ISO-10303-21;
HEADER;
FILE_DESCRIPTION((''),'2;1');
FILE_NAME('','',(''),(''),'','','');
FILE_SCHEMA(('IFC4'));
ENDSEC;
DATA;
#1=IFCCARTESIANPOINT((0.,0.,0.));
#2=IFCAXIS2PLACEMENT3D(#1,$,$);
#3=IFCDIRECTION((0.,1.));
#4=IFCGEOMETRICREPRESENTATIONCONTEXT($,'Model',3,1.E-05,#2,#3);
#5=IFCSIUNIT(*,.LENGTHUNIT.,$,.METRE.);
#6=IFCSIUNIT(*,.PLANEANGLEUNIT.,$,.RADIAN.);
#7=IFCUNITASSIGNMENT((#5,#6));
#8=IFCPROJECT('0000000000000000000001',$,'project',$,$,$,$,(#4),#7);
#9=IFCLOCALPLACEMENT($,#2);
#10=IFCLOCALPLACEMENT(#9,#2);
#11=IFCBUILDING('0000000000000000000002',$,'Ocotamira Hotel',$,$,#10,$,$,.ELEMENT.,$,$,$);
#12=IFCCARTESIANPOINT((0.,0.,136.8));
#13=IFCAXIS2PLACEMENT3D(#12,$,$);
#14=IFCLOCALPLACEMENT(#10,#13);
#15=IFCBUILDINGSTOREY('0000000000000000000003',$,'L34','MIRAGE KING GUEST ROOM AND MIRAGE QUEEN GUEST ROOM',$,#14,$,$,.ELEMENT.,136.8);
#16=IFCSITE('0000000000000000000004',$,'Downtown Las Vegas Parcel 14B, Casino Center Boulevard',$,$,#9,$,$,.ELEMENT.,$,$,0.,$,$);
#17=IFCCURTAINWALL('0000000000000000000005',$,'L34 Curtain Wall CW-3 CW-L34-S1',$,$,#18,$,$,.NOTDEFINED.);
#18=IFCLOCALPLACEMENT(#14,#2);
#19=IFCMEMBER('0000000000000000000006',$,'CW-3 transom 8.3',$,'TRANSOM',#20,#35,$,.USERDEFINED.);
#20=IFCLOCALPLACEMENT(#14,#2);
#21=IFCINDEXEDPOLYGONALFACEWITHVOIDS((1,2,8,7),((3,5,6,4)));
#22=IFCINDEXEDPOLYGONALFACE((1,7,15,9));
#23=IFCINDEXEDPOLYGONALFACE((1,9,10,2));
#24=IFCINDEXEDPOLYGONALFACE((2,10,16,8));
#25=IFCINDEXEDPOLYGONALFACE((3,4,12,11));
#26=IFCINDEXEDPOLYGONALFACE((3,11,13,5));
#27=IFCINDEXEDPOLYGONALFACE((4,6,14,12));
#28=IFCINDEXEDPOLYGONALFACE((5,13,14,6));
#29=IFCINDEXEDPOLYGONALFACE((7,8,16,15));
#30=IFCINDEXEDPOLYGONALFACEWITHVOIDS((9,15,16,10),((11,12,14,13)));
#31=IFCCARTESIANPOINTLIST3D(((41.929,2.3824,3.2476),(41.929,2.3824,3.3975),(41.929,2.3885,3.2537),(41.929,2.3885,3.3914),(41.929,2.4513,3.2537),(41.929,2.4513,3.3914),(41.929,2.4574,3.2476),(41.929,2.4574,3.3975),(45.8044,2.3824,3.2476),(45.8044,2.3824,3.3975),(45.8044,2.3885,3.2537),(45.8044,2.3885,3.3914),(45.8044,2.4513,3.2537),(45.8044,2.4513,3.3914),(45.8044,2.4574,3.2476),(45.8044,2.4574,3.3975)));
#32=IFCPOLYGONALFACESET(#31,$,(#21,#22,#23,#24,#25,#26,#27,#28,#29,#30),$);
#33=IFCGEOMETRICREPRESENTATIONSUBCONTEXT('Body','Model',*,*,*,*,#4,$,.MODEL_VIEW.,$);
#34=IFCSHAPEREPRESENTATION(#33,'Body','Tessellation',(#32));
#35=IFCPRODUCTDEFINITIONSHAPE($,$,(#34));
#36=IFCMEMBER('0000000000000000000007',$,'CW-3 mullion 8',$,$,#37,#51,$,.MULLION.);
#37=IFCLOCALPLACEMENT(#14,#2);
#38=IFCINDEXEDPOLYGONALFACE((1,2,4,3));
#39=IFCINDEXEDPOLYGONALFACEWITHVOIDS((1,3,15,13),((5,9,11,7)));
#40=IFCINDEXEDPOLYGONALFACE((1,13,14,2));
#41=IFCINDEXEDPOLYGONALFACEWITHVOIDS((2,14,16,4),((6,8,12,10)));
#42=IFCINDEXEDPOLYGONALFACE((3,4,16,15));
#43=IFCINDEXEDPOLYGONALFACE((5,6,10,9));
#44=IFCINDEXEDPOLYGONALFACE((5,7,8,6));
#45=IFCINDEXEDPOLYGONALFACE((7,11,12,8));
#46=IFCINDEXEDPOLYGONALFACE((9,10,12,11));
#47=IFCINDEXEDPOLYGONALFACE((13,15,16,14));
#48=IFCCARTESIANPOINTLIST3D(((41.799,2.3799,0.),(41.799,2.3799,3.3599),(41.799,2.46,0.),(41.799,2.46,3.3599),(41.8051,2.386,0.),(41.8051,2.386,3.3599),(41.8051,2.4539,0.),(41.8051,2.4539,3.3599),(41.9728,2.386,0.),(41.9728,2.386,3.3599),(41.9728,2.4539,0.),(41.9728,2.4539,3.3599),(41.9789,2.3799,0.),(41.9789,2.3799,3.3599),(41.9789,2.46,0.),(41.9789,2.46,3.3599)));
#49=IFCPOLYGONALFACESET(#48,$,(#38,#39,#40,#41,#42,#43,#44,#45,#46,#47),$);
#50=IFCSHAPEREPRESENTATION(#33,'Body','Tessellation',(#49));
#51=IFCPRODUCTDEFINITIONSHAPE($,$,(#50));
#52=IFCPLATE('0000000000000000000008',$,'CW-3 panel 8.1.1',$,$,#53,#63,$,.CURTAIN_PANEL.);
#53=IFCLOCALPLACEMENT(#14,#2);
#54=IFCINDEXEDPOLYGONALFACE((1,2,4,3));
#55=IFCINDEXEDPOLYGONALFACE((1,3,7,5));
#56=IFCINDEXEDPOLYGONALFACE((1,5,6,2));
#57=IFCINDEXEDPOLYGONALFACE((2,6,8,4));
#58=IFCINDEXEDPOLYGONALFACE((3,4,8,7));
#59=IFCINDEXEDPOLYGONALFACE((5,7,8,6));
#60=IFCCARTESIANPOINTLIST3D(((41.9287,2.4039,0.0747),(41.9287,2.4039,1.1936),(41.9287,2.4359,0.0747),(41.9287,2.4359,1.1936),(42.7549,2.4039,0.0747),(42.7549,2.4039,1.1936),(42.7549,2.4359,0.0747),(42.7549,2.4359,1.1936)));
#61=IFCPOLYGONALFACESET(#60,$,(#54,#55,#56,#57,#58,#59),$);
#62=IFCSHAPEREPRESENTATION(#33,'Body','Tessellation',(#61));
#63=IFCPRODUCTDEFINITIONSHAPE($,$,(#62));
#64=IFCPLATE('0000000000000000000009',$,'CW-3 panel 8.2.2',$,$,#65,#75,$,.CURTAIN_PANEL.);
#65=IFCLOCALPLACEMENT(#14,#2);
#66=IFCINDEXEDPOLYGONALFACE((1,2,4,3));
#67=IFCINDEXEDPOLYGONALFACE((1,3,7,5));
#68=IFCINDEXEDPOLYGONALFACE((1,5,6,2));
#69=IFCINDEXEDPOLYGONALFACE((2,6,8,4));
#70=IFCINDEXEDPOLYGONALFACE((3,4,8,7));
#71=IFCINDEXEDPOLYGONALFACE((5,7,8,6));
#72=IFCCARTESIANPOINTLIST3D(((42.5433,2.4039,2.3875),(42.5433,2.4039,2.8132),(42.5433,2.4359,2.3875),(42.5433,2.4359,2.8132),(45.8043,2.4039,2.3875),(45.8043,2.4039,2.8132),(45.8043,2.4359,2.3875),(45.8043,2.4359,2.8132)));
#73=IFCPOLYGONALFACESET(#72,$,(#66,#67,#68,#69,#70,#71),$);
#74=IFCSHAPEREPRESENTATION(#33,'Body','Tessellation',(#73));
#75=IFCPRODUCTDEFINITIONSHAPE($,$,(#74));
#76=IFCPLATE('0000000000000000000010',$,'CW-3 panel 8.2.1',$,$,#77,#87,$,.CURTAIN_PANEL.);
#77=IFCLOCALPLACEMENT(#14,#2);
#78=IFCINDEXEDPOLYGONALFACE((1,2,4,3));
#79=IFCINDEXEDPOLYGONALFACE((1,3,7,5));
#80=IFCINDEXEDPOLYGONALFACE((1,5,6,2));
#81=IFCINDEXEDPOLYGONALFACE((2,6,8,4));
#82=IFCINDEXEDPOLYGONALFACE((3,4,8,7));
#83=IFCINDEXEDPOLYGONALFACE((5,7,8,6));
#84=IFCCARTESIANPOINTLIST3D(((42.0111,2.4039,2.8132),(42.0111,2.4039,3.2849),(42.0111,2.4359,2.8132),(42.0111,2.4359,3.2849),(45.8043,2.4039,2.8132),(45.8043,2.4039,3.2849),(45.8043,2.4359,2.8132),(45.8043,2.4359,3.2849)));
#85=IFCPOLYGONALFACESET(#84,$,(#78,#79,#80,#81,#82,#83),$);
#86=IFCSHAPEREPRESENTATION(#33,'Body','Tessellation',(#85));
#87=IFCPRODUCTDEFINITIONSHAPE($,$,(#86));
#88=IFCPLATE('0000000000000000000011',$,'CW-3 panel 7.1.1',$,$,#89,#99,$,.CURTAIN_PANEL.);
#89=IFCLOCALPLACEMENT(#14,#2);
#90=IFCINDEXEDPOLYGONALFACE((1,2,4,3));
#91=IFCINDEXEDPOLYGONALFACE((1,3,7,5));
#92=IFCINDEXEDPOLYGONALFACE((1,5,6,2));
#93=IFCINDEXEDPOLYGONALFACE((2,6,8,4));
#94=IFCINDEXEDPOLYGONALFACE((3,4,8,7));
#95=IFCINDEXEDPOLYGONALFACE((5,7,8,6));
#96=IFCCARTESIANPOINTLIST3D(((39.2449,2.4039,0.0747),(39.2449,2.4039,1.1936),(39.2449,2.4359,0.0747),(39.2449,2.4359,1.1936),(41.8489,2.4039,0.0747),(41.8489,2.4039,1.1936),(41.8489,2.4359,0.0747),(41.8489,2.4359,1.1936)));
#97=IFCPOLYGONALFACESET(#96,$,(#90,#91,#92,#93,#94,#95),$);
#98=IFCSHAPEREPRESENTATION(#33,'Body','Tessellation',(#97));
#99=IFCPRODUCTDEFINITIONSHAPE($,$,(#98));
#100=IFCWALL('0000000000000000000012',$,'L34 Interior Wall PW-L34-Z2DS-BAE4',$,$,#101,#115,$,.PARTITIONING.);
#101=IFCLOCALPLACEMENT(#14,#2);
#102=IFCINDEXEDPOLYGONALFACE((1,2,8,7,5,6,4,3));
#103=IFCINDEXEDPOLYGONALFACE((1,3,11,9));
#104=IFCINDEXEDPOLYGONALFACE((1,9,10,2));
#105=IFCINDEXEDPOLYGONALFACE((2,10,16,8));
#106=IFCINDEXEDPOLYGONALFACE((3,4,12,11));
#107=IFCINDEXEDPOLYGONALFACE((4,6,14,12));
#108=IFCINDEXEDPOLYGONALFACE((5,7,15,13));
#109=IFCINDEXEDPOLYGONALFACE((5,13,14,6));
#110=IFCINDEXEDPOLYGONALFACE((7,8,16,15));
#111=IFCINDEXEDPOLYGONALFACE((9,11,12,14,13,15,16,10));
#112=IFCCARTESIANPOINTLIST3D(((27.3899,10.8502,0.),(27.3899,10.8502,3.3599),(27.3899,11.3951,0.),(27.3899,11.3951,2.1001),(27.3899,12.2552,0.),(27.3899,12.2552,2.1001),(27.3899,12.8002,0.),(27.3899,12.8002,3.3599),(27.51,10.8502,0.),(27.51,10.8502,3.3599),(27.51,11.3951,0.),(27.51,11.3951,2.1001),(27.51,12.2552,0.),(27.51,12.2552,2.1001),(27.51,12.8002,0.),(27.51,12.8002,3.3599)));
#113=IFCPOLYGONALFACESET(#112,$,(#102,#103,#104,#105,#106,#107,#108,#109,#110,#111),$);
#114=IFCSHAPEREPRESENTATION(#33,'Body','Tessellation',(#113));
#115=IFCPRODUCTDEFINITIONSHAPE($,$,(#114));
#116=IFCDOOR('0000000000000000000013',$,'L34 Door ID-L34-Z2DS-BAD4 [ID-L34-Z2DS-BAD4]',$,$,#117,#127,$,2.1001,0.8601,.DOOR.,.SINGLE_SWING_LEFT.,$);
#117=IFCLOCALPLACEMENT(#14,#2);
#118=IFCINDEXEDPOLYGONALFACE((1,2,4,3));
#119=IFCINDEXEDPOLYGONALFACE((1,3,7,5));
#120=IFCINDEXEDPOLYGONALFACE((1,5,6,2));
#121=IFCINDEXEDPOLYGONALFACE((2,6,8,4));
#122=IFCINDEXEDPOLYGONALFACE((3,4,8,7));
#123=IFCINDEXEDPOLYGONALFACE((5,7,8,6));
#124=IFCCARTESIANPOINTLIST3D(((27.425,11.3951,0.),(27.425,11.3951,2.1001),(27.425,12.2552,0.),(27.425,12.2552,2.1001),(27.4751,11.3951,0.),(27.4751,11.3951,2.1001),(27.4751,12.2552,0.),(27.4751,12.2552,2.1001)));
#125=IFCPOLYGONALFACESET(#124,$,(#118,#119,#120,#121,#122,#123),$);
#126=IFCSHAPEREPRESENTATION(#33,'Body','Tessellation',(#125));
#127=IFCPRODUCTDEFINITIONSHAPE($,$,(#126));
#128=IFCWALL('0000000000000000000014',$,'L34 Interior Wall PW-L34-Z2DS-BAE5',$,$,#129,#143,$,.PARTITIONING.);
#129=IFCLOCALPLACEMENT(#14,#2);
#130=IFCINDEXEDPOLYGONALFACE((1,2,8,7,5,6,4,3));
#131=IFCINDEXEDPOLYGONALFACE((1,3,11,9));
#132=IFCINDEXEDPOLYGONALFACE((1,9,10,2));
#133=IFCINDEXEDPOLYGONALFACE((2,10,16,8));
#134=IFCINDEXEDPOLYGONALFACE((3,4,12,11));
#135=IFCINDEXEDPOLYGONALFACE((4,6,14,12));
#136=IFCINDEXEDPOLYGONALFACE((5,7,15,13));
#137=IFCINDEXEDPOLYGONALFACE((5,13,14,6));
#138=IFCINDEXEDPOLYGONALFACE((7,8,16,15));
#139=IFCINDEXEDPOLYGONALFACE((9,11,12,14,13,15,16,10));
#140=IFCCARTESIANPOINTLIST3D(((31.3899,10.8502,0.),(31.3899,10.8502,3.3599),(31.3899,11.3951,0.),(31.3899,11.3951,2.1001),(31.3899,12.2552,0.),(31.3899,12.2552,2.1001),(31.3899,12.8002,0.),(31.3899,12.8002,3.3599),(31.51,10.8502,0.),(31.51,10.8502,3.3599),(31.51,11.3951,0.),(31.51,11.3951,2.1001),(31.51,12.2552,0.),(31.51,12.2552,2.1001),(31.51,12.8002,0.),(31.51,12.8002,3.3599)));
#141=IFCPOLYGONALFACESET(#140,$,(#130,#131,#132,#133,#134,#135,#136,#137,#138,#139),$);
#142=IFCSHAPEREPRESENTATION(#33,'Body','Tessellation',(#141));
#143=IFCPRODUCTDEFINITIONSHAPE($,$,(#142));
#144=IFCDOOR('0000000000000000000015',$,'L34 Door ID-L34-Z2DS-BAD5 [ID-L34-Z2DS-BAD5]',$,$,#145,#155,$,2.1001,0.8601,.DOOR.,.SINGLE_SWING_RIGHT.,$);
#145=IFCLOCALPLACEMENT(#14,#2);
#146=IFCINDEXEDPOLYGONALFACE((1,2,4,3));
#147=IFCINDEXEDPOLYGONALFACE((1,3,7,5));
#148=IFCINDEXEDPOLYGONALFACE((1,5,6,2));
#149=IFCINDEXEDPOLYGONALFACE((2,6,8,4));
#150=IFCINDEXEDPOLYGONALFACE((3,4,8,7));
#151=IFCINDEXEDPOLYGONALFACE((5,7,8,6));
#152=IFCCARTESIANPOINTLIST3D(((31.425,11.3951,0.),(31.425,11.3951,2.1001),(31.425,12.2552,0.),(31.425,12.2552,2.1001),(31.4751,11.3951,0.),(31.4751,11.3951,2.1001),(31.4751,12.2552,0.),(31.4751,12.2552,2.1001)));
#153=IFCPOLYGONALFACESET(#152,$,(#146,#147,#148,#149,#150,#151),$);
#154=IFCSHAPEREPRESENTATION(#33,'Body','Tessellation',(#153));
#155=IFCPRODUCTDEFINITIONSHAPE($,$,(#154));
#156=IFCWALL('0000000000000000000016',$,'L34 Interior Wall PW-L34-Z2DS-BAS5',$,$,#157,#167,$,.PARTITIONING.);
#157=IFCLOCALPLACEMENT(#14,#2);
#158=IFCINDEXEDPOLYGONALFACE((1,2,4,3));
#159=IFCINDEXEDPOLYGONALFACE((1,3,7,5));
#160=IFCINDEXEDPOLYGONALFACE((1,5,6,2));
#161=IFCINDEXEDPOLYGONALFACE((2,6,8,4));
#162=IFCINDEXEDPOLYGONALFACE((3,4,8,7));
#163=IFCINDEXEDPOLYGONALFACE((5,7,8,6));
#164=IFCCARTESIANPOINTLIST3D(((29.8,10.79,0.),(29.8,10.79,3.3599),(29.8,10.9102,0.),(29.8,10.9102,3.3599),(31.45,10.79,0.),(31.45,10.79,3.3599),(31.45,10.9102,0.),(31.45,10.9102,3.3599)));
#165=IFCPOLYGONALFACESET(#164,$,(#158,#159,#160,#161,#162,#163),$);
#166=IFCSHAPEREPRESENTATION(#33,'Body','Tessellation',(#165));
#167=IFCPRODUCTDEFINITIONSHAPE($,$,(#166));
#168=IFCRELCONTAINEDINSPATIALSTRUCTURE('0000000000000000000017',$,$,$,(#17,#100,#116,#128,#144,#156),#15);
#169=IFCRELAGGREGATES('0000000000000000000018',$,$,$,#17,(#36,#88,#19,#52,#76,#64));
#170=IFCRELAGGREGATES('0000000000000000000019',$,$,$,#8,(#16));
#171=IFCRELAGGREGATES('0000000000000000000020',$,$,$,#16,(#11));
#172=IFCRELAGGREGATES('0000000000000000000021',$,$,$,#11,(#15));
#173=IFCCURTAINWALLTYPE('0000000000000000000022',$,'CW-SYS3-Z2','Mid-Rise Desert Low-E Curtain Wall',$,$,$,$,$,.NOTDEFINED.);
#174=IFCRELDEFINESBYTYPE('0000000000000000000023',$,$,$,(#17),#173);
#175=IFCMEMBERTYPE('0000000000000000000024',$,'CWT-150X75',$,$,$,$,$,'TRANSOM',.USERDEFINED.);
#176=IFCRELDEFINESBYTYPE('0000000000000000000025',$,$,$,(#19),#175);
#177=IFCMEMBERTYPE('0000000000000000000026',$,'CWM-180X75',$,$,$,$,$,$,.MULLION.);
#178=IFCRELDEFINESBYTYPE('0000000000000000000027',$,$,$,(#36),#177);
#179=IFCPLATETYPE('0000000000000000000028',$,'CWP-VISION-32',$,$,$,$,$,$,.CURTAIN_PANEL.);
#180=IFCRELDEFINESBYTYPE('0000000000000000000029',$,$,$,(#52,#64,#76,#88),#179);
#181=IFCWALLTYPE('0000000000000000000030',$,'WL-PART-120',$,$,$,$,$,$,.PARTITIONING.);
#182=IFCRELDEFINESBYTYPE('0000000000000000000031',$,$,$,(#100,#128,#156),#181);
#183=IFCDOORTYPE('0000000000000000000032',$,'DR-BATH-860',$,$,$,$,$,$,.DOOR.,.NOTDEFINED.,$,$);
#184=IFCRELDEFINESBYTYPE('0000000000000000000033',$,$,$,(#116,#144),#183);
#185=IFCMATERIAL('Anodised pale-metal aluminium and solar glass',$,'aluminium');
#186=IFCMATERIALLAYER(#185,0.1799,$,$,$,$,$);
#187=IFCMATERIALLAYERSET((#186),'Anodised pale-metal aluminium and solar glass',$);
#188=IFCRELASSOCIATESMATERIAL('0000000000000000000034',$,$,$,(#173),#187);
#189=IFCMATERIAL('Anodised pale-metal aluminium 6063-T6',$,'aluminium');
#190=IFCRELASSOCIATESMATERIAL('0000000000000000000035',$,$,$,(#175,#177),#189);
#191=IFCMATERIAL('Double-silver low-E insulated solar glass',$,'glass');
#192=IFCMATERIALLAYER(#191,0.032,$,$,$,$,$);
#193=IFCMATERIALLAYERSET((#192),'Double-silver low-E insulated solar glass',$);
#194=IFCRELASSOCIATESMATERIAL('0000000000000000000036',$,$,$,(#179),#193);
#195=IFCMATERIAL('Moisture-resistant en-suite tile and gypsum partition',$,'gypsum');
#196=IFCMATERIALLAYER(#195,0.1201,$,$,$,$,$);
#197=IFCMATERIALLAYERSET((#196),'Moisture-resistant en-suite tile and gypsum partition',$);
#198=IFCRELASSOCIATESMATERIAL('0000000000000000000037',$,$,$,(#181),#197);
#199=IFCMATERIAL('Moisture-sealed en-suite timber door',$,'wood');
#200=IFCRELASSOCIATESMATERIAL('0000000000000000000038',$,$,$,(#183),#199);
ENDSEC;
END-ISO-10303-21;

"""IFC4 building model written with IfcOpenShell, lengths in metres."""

from ifc_helpers import new_model, si_unit, direction, frame, frame_2d, origin, origin_2d, place, context, subcontext, project, spatial, rectangle, hollow_rectangle, extrude, source, transform, mapped, material, layer, layer_set, material_profile, profile_set, type_object, element, fill, aggregate, save


model = new_model("IFC4")

# Units and contexts
model_context = context("Model", 3, precision=1e-05, world=origin(), true_north=direction((0.0, 1.0)))
body_context = subcontext(model_context, "Body", "Model", "MODEL_VIEW")
ifc_project = project(units=[si_unit("LENGTHUNIT", "METRE"), si_unit("PLANEANGLEUNIT", "RADIAN")], contexts=[model_context])

# Site, building, storey
site_placement = place(None, origin())
site = spatial("IfcSite", under=ifc_project, at=site_placement, Name="Downtown Las Vegas Parcel 14B, Casino Center Boulevard", CompositionType="ELEMENT", RefElevation=0.0)
building_placement = place(site_placement, origin())
building = spatial("IfcBuilding", under=site, at=building_placement, Name="Ocotamira Hotel", CompositionType="ELEMENT")
storey_placement = place(building_placement, frame((0.0, 0.0, 136.8)))
storey = spatial("IfcBuildingStorey", under=building, at=storey_placement, Name="L34", Description="MIRAGE KING GUEST ROOM AND MIRAGE QUEEN GUEST ROOM", CompositionType="ELEMENT", Elevation=136.8)

# Curtain wall, members, plates
ifc_material_1 = material(Name="Anodised pale-metal aluminium and solar glass", Category="aluminium")
ifc_layer_1 = layer(ifc_material_1, 0.1799)
ifc_layer_set_1 = layer_set([ifc_layer_1], Name="Anodised pale-metal aluminium and solar glass")
curtain_wall_type = type_object("IfcCurtainWallType", Name="CW-SYS3-Z2", Description="Mid-Rise Desert Low-E Curtain Wall", PredefinedType="NOTDEFINED", material=ifc_layer_set_1)
curtain_wall_placement = place(storey_placement, origin())
curtain_wall = element("IfcCurtainWall", 1, at=curtain_wall_placement, inside=storey, type_object=curtain_wall_type, Name="L34 Curtain Wall CW-3 CW-L34-S1", PredefinedType="NOTDEFINED")
ifc_material_2 = material(Name="Anodised pale-metal aluminium 6063-T6", Category="aluminium")
ifc_material_profile_1 = material_profile(ifc_material_2, hollow_rectangle(XDim=0.075, YDim=0.1499, WallThickness=0.0061, at=origin_2d()), Name="HSS150X75X6")
ifc_profile_set_1 = profile_set([ifc_material_profile_1], Name="Anodised pale-metal aluminium 6063-T6")
member_type_1 = type_object("IfcMemberType", Name="CWT-150X75", ElementType="TRANSOM", PredefinedType="USERDEFINED", material=ifc_profile_set_1)
shared_shape_1 = source(origin(), body_context, "Body", "SweptSolid", [
    extrude(hollow_rectangle(XDim=0.075, YDim=0.1499, WallThickness=0.0061, at=origin_2d()), origin(), (0.0, 0.0, 1.0), 3.8755),
])
member_1_placement = place(storey_placement, frame((41.929, 2.4199, 3.3225), z_axis=(1.0, 0.0, 0.0), x_axis=(0.0, 1.0, 0.0)))
member_1 = element("IfcMember", 2, at=member_1_placement, type_object=member_type_1, Name="CW-3 transom 8.3", ObjectType="TRANSOM", PredefinedType="USERDEFINED", context=body_context, shape_type="MappedRepresentation", body=[
    mapped(shared_shape_1, transform((0.0, 0.0, 0.0), scale=1.0)),
])
ifc_material_profile_2 = material_profile(ifc_material_2, hollow_rectangle(XDim=0.0801, YDim=0.1799, WallThickness=0.0061, at=origin_2d()), Name="HSS180X80X6")
ifc_profile_set_2 = profile_set([ifc_material_profile_2], Name="Anodised pale-metal aluminium 6063-T6")
member_type_2 = type_object("IfcMemberType", Name="CWM-180X75", PredefinedType="MULLION", material=ifc_profile_set_2)
shared_shape_2 = source(origin(), body_context, "Body", "SweptSolid", [
    extrude(hollow_rectangle(XDim=0.0801, YDim=0.1799, WallThickness=0.0061, at=origin_2d()), origin(), (0.0, 0.0, 1.0), 3.3599),
])
member_2_placement = place(storey_placement, frame((41.8889, 2.4199, 0.0), z_axis=(0.0, 0.0, 1.0), x_axis=(0.0, 1.0, 0.0)))
member_2 = element("IfcMember", 3, at=member_2_placement, type_object=member_type_2, Name="CW-3 mullion 8", PredefinedType="MULLION", context=body_context, shape_type="MappedRepresentation", body=[
    mapped(shared_shape_2, transform((0.0, 0.0, 0.0), scale=1.0)),
])
ifc_material_3 = material(Name="Double-silver low-E insulated solar glass", Category="glass")
ifc_layer_2 = layer(ifc_material_3, 0.032)
ifc_layer_set_2 = layer_set([ifc_layer_2], Name="Double-silver low-E insulated solar glass")
plate_type = type_object("IfcPlateType", Name="CWP-VISION-32", PredefinedType="CURTAIN_PANEL", material=ifc_layer_set_2)
shared_shape_3 = source(origin(), body_context, "Body", "SweptSolid", [
    extrude(rectangle(XDim=0.8262, YDim=0.032, at=origin_2d()), origin(), (0.0, 0.0, 1.0), 1.1189),
])
plate_1_placement = place(storey_placement, frame((42.3418, 2.4199, 0.0747), z_axis=(0.0, 0.0, 1.0), x_axis=(1.0, 0.0, 0.0)))
plate_1 = element("IfcPlate", 4, at=plate_1_placement, type_object=plate_type, Name="CW-3 panel 8.1.1", PredefinedType="CURTAIN_PANEL", context=body_context, shape_type="MappedRepresentation", body=[
    mapped(shared_shape_3, transform((0.0, 0.0, 0.0), scale=1.0)),
])
shared_shape_4 = source(origin(), body_context, "Body", "SweptSolid", [
    extrude(rectangle(XDim=3.261, YDim=0.032, at=origin_2d()), origin(), (0.0, 0.0, 1.0), 0.4258),
])
plate_2_placement = place(storey_placement, frame((44.1738, 2.4199, 2.3875), z_axis=(0.0, 0.0, 1.0), x_axis=(1.0, 0.0, 0.0)))
plate_2 = element("IfcPlate", 5, at=plate_2_placement, type_object=plate_type, Name="CW-3 panel 8.2.2", PredefinedType="CURTAIN_PANEL", context=body_context, shape_type="MappedRepresentation", body=[
    mapped(shared_shape_4, transform((0.0, 0.0, 0.0), scale=1.0)),
])
shared_shape_5 = source(origin(), body_context, "Body", "SweptSolid", [
    extrude(rectangle(XDim=3.7932, YDim=0.032, at=origin_2d()), origin(), (0.0, 0.0, 1.0), 0.4717),
])
plate_3_placement = place(storey_placement, frame((43.9077, 2.4199, 2.8132), z_axis=(0.0, 0.0, 1.0), x_axis=(1.0, 0.0, 0.0)))
plate_3 = element("IfcPlate", 6, at=plate_3_placement, type_object=plate_type, Name="CW-3 panel 8.2.1", PredefinedType="CURTAIN_PANEL", context=body_context, shape_type="MappedRepresentation", body=[
    mapped(shared_shape_5, transform((0.0, 0.0, 0.0), scale=1.0)),
])
shared_shape_6 = source(origin(), body_context, "Body", "SweptSolid", [
    extrude(rectangle(XDim=2.604, YDim=0.032, at=origin_2d()), origin(), (0.0, 0.0, 1.0), 1.1189),
])
plate_4_placement = place(storey_placement, frame((40.5469, 2.4199, 0.0747), z_axis=(0.0, 0.0, 1.0), x_axis=(1.0, 0.0, 0.0)))
plate_4 = element("IfcPlate", 7, at=plate_4_placement, type_object=plate_type, Name="CW-3 panel 7.1.1", PredefinedType="CURTAIN_PANEL", context=body_context, shape_type="MappedRepresentation", body=[
    mapped(shared_shape_6, transform((0.0, 0.0, 0.0), scale=1.0)),
])
aggregate(curtain_wall, [member_2, plate_4, member_1, plate_1, plate_3, plate_2])

# Walls, openings, doors
ifc_material_4 = material(Name="Moisture-resistant en-suite tile and gypsum partition", Category="gypsum")
ifc_layer_3 = layer(ifc_material_4, 0.1201)
ifc_layer_set_3 = layer_set([ifc_layer_3], Name="Moisture-resistant en-suite tile and gypsum partition")
wall_type = type_object("IfcWallType", Name="WL-PART-120", PredefinedType="PARTITIONING", material=ifc_layer_set_3)
wall_1_placement = place(storey_placement, frame((27.45, 10.8501, 0.0), z_axis=(0.0, 0.0, 1.0), x_axis=(0.0, 1.0, 0.0)))
wall_1 = element("IfcWall", 8, at=wall_1_placement, inside=storey, type_object=wall_type, Name="L34 Interior Wall PW-L34-Z2DS-BAE4", PredefinedType="PARTITIONING", context=body_context, shape_type="SweptSolid", body=[
    extrude(rectangle(XDim=1.95, YDim=0.1201, at=frame_2d((0.9751, 0.0))), origin(), (0.0, 0.0, 1.0), 3.3599),
])
opening_1_placement = place(wall_1_placement, frame((0.5449, 0.0, 0.0)))
opening_1 = element("IfcOpeningElement", 9, at=opening_1_placement, cuts=wall_1, PredefinedType="OPENING", context=body_context, shape_type="SweptSolid", body=[
    extrude(rectangle(XDim=0.8601, YDim=2.1001, at=frame_2d((0.4302, 1.05))), frame((0.0, 0.0701, 0.0), z_axis=(0.0, -1.0, 0.0), x_axis=(1.0, 0.0, 0.0)), (0.0, 0.0, 1.0), 0.1401),
])
ifc_material_5 = material(Name="Moisture-sealed en-suite timber door", Category="wood")
door_type = type_object("IfcDoorType", Name="DR-BATH-860", OperationType="NOTDEFINED", PredefinedType="DOOR", material=ifc_material_5)
shared_shape_7 = source(origin(), body_context, "Body", "SweptSolid", [
    extrude(rectangle(XDim=0.8601, YDim=2.1001, at=frame_2d((0.4302, 1.05))), frame((0.0, 0.0249, 0.0), z_axis=(0.0, -1.0, 0.0), x_axis=(1.0, 0.0, 0.0)), (0.0, 0.0, 1.0), 0.05),
])
door_1_placement = place(opening_1_placement, origin())
door_1 = element("IfcDoor", 10, at=door_1_placement, inside=storey, type_object=door_type, Name="L34 Door ID-L34-Z2DS-BAD4 [ID-L34-Z2DS-BAD4]", OperationType="SINGLE_SWING_LEFT", OverallHeight=2.1001, OverallWidth=0.8601, PredefinedType="DOOR", context=body_context, shape_type="MappedRepresentation", body=[
    mapped(shared_shape_7, transform((0.0, 0.0, 0.0), scale=1.0)),
])
fill(opening_1, door_1)
wall_2_placement = place(storey_placement, frame((31.45, 10.8501, 0.0), z_axis=(0.0, 0.0, 1.0), x_axis=(0.0, 1.0, 0.0)))
wall_2 = element("IfcWall", 11, at=wall_2_placement, inside=storey, type_object=wall_type, Name="L34 Interior Wall PW-L34-Z2DS-BAE5", PredefinedType="PARTITIONING", context=body_context, shape_type="SweptSolid", body=[
    extrude(rectangle(XDim=1.95, YDim=0.1201, at=frame_2d((0.9751, 0.0))), origin(), (0.0, 0.0, 1.0), 3.3599),
])
opening_2_placement = place(wall_2_placement, frame((0.5449, 0.0, 0.0)))
opening_2 = element("IfcOpeningElement", 12, at=opening_2_placement, cuts=wall_2, PredefinedType="OPENING", context=body_context, shape_type="SweptSolid", body=[
    extrude(rectangle(XDim=0.8601, YDim=2.1001, at=frame_2d((0.4302, 1.05))), frame((0.0, 0.0701, 0.0), z_axis=(0.0, -1.0, 0.0), x_axis=(1.0, 0.0, 0.0)), (0.0, 0.0, 1.0), 0.1401),
])
door_2_placement = place(opening_2_placement, origin())
door_2 = element("IfcDoor", 13, at=door_2_placement, inside=storey, type_object=door_type, Name="L34 Door ID-L34-Z2DS-BAD5 [ID-L34-Z2DS-BAD5]", OperationType="SINGLE_SWING_RIGHT", OverallHeight=2.1001, OverallWidth=0.8601, PredefinedType="DOOR", context=body_context, shape_type="MappedRepresentation", body=[
    mapped(shared_shape_7, transform((0.0, 0.0, 0.0), scale=1.0)),
])
fill(opening_2, door_2)

# Wall
wall_3_placement = place(storey_placement, frame((29.8, 10.8501, 0.0), z_axis=(0.0, 0.0, 1.0), x_axis=(1.0, 0.0, 0.0)))
element("IfcWall", 14, at=wall_3_placement, inside=storey, type_object=wall_type, Name="L34 Interior Wall PW-L34-Z2DS-BAS5", PredefinedType="PARTITIONING", context=body_context, shape_type="SweptSolid", body=[
    extrude(rectangle(XDim=1.6499, YDim=0.1201, at=frame_2d((0.825, 0.0))), origin(), (0.0, 0.0, 1.0), 3.3599),
])

save(model, "model.ifc")
